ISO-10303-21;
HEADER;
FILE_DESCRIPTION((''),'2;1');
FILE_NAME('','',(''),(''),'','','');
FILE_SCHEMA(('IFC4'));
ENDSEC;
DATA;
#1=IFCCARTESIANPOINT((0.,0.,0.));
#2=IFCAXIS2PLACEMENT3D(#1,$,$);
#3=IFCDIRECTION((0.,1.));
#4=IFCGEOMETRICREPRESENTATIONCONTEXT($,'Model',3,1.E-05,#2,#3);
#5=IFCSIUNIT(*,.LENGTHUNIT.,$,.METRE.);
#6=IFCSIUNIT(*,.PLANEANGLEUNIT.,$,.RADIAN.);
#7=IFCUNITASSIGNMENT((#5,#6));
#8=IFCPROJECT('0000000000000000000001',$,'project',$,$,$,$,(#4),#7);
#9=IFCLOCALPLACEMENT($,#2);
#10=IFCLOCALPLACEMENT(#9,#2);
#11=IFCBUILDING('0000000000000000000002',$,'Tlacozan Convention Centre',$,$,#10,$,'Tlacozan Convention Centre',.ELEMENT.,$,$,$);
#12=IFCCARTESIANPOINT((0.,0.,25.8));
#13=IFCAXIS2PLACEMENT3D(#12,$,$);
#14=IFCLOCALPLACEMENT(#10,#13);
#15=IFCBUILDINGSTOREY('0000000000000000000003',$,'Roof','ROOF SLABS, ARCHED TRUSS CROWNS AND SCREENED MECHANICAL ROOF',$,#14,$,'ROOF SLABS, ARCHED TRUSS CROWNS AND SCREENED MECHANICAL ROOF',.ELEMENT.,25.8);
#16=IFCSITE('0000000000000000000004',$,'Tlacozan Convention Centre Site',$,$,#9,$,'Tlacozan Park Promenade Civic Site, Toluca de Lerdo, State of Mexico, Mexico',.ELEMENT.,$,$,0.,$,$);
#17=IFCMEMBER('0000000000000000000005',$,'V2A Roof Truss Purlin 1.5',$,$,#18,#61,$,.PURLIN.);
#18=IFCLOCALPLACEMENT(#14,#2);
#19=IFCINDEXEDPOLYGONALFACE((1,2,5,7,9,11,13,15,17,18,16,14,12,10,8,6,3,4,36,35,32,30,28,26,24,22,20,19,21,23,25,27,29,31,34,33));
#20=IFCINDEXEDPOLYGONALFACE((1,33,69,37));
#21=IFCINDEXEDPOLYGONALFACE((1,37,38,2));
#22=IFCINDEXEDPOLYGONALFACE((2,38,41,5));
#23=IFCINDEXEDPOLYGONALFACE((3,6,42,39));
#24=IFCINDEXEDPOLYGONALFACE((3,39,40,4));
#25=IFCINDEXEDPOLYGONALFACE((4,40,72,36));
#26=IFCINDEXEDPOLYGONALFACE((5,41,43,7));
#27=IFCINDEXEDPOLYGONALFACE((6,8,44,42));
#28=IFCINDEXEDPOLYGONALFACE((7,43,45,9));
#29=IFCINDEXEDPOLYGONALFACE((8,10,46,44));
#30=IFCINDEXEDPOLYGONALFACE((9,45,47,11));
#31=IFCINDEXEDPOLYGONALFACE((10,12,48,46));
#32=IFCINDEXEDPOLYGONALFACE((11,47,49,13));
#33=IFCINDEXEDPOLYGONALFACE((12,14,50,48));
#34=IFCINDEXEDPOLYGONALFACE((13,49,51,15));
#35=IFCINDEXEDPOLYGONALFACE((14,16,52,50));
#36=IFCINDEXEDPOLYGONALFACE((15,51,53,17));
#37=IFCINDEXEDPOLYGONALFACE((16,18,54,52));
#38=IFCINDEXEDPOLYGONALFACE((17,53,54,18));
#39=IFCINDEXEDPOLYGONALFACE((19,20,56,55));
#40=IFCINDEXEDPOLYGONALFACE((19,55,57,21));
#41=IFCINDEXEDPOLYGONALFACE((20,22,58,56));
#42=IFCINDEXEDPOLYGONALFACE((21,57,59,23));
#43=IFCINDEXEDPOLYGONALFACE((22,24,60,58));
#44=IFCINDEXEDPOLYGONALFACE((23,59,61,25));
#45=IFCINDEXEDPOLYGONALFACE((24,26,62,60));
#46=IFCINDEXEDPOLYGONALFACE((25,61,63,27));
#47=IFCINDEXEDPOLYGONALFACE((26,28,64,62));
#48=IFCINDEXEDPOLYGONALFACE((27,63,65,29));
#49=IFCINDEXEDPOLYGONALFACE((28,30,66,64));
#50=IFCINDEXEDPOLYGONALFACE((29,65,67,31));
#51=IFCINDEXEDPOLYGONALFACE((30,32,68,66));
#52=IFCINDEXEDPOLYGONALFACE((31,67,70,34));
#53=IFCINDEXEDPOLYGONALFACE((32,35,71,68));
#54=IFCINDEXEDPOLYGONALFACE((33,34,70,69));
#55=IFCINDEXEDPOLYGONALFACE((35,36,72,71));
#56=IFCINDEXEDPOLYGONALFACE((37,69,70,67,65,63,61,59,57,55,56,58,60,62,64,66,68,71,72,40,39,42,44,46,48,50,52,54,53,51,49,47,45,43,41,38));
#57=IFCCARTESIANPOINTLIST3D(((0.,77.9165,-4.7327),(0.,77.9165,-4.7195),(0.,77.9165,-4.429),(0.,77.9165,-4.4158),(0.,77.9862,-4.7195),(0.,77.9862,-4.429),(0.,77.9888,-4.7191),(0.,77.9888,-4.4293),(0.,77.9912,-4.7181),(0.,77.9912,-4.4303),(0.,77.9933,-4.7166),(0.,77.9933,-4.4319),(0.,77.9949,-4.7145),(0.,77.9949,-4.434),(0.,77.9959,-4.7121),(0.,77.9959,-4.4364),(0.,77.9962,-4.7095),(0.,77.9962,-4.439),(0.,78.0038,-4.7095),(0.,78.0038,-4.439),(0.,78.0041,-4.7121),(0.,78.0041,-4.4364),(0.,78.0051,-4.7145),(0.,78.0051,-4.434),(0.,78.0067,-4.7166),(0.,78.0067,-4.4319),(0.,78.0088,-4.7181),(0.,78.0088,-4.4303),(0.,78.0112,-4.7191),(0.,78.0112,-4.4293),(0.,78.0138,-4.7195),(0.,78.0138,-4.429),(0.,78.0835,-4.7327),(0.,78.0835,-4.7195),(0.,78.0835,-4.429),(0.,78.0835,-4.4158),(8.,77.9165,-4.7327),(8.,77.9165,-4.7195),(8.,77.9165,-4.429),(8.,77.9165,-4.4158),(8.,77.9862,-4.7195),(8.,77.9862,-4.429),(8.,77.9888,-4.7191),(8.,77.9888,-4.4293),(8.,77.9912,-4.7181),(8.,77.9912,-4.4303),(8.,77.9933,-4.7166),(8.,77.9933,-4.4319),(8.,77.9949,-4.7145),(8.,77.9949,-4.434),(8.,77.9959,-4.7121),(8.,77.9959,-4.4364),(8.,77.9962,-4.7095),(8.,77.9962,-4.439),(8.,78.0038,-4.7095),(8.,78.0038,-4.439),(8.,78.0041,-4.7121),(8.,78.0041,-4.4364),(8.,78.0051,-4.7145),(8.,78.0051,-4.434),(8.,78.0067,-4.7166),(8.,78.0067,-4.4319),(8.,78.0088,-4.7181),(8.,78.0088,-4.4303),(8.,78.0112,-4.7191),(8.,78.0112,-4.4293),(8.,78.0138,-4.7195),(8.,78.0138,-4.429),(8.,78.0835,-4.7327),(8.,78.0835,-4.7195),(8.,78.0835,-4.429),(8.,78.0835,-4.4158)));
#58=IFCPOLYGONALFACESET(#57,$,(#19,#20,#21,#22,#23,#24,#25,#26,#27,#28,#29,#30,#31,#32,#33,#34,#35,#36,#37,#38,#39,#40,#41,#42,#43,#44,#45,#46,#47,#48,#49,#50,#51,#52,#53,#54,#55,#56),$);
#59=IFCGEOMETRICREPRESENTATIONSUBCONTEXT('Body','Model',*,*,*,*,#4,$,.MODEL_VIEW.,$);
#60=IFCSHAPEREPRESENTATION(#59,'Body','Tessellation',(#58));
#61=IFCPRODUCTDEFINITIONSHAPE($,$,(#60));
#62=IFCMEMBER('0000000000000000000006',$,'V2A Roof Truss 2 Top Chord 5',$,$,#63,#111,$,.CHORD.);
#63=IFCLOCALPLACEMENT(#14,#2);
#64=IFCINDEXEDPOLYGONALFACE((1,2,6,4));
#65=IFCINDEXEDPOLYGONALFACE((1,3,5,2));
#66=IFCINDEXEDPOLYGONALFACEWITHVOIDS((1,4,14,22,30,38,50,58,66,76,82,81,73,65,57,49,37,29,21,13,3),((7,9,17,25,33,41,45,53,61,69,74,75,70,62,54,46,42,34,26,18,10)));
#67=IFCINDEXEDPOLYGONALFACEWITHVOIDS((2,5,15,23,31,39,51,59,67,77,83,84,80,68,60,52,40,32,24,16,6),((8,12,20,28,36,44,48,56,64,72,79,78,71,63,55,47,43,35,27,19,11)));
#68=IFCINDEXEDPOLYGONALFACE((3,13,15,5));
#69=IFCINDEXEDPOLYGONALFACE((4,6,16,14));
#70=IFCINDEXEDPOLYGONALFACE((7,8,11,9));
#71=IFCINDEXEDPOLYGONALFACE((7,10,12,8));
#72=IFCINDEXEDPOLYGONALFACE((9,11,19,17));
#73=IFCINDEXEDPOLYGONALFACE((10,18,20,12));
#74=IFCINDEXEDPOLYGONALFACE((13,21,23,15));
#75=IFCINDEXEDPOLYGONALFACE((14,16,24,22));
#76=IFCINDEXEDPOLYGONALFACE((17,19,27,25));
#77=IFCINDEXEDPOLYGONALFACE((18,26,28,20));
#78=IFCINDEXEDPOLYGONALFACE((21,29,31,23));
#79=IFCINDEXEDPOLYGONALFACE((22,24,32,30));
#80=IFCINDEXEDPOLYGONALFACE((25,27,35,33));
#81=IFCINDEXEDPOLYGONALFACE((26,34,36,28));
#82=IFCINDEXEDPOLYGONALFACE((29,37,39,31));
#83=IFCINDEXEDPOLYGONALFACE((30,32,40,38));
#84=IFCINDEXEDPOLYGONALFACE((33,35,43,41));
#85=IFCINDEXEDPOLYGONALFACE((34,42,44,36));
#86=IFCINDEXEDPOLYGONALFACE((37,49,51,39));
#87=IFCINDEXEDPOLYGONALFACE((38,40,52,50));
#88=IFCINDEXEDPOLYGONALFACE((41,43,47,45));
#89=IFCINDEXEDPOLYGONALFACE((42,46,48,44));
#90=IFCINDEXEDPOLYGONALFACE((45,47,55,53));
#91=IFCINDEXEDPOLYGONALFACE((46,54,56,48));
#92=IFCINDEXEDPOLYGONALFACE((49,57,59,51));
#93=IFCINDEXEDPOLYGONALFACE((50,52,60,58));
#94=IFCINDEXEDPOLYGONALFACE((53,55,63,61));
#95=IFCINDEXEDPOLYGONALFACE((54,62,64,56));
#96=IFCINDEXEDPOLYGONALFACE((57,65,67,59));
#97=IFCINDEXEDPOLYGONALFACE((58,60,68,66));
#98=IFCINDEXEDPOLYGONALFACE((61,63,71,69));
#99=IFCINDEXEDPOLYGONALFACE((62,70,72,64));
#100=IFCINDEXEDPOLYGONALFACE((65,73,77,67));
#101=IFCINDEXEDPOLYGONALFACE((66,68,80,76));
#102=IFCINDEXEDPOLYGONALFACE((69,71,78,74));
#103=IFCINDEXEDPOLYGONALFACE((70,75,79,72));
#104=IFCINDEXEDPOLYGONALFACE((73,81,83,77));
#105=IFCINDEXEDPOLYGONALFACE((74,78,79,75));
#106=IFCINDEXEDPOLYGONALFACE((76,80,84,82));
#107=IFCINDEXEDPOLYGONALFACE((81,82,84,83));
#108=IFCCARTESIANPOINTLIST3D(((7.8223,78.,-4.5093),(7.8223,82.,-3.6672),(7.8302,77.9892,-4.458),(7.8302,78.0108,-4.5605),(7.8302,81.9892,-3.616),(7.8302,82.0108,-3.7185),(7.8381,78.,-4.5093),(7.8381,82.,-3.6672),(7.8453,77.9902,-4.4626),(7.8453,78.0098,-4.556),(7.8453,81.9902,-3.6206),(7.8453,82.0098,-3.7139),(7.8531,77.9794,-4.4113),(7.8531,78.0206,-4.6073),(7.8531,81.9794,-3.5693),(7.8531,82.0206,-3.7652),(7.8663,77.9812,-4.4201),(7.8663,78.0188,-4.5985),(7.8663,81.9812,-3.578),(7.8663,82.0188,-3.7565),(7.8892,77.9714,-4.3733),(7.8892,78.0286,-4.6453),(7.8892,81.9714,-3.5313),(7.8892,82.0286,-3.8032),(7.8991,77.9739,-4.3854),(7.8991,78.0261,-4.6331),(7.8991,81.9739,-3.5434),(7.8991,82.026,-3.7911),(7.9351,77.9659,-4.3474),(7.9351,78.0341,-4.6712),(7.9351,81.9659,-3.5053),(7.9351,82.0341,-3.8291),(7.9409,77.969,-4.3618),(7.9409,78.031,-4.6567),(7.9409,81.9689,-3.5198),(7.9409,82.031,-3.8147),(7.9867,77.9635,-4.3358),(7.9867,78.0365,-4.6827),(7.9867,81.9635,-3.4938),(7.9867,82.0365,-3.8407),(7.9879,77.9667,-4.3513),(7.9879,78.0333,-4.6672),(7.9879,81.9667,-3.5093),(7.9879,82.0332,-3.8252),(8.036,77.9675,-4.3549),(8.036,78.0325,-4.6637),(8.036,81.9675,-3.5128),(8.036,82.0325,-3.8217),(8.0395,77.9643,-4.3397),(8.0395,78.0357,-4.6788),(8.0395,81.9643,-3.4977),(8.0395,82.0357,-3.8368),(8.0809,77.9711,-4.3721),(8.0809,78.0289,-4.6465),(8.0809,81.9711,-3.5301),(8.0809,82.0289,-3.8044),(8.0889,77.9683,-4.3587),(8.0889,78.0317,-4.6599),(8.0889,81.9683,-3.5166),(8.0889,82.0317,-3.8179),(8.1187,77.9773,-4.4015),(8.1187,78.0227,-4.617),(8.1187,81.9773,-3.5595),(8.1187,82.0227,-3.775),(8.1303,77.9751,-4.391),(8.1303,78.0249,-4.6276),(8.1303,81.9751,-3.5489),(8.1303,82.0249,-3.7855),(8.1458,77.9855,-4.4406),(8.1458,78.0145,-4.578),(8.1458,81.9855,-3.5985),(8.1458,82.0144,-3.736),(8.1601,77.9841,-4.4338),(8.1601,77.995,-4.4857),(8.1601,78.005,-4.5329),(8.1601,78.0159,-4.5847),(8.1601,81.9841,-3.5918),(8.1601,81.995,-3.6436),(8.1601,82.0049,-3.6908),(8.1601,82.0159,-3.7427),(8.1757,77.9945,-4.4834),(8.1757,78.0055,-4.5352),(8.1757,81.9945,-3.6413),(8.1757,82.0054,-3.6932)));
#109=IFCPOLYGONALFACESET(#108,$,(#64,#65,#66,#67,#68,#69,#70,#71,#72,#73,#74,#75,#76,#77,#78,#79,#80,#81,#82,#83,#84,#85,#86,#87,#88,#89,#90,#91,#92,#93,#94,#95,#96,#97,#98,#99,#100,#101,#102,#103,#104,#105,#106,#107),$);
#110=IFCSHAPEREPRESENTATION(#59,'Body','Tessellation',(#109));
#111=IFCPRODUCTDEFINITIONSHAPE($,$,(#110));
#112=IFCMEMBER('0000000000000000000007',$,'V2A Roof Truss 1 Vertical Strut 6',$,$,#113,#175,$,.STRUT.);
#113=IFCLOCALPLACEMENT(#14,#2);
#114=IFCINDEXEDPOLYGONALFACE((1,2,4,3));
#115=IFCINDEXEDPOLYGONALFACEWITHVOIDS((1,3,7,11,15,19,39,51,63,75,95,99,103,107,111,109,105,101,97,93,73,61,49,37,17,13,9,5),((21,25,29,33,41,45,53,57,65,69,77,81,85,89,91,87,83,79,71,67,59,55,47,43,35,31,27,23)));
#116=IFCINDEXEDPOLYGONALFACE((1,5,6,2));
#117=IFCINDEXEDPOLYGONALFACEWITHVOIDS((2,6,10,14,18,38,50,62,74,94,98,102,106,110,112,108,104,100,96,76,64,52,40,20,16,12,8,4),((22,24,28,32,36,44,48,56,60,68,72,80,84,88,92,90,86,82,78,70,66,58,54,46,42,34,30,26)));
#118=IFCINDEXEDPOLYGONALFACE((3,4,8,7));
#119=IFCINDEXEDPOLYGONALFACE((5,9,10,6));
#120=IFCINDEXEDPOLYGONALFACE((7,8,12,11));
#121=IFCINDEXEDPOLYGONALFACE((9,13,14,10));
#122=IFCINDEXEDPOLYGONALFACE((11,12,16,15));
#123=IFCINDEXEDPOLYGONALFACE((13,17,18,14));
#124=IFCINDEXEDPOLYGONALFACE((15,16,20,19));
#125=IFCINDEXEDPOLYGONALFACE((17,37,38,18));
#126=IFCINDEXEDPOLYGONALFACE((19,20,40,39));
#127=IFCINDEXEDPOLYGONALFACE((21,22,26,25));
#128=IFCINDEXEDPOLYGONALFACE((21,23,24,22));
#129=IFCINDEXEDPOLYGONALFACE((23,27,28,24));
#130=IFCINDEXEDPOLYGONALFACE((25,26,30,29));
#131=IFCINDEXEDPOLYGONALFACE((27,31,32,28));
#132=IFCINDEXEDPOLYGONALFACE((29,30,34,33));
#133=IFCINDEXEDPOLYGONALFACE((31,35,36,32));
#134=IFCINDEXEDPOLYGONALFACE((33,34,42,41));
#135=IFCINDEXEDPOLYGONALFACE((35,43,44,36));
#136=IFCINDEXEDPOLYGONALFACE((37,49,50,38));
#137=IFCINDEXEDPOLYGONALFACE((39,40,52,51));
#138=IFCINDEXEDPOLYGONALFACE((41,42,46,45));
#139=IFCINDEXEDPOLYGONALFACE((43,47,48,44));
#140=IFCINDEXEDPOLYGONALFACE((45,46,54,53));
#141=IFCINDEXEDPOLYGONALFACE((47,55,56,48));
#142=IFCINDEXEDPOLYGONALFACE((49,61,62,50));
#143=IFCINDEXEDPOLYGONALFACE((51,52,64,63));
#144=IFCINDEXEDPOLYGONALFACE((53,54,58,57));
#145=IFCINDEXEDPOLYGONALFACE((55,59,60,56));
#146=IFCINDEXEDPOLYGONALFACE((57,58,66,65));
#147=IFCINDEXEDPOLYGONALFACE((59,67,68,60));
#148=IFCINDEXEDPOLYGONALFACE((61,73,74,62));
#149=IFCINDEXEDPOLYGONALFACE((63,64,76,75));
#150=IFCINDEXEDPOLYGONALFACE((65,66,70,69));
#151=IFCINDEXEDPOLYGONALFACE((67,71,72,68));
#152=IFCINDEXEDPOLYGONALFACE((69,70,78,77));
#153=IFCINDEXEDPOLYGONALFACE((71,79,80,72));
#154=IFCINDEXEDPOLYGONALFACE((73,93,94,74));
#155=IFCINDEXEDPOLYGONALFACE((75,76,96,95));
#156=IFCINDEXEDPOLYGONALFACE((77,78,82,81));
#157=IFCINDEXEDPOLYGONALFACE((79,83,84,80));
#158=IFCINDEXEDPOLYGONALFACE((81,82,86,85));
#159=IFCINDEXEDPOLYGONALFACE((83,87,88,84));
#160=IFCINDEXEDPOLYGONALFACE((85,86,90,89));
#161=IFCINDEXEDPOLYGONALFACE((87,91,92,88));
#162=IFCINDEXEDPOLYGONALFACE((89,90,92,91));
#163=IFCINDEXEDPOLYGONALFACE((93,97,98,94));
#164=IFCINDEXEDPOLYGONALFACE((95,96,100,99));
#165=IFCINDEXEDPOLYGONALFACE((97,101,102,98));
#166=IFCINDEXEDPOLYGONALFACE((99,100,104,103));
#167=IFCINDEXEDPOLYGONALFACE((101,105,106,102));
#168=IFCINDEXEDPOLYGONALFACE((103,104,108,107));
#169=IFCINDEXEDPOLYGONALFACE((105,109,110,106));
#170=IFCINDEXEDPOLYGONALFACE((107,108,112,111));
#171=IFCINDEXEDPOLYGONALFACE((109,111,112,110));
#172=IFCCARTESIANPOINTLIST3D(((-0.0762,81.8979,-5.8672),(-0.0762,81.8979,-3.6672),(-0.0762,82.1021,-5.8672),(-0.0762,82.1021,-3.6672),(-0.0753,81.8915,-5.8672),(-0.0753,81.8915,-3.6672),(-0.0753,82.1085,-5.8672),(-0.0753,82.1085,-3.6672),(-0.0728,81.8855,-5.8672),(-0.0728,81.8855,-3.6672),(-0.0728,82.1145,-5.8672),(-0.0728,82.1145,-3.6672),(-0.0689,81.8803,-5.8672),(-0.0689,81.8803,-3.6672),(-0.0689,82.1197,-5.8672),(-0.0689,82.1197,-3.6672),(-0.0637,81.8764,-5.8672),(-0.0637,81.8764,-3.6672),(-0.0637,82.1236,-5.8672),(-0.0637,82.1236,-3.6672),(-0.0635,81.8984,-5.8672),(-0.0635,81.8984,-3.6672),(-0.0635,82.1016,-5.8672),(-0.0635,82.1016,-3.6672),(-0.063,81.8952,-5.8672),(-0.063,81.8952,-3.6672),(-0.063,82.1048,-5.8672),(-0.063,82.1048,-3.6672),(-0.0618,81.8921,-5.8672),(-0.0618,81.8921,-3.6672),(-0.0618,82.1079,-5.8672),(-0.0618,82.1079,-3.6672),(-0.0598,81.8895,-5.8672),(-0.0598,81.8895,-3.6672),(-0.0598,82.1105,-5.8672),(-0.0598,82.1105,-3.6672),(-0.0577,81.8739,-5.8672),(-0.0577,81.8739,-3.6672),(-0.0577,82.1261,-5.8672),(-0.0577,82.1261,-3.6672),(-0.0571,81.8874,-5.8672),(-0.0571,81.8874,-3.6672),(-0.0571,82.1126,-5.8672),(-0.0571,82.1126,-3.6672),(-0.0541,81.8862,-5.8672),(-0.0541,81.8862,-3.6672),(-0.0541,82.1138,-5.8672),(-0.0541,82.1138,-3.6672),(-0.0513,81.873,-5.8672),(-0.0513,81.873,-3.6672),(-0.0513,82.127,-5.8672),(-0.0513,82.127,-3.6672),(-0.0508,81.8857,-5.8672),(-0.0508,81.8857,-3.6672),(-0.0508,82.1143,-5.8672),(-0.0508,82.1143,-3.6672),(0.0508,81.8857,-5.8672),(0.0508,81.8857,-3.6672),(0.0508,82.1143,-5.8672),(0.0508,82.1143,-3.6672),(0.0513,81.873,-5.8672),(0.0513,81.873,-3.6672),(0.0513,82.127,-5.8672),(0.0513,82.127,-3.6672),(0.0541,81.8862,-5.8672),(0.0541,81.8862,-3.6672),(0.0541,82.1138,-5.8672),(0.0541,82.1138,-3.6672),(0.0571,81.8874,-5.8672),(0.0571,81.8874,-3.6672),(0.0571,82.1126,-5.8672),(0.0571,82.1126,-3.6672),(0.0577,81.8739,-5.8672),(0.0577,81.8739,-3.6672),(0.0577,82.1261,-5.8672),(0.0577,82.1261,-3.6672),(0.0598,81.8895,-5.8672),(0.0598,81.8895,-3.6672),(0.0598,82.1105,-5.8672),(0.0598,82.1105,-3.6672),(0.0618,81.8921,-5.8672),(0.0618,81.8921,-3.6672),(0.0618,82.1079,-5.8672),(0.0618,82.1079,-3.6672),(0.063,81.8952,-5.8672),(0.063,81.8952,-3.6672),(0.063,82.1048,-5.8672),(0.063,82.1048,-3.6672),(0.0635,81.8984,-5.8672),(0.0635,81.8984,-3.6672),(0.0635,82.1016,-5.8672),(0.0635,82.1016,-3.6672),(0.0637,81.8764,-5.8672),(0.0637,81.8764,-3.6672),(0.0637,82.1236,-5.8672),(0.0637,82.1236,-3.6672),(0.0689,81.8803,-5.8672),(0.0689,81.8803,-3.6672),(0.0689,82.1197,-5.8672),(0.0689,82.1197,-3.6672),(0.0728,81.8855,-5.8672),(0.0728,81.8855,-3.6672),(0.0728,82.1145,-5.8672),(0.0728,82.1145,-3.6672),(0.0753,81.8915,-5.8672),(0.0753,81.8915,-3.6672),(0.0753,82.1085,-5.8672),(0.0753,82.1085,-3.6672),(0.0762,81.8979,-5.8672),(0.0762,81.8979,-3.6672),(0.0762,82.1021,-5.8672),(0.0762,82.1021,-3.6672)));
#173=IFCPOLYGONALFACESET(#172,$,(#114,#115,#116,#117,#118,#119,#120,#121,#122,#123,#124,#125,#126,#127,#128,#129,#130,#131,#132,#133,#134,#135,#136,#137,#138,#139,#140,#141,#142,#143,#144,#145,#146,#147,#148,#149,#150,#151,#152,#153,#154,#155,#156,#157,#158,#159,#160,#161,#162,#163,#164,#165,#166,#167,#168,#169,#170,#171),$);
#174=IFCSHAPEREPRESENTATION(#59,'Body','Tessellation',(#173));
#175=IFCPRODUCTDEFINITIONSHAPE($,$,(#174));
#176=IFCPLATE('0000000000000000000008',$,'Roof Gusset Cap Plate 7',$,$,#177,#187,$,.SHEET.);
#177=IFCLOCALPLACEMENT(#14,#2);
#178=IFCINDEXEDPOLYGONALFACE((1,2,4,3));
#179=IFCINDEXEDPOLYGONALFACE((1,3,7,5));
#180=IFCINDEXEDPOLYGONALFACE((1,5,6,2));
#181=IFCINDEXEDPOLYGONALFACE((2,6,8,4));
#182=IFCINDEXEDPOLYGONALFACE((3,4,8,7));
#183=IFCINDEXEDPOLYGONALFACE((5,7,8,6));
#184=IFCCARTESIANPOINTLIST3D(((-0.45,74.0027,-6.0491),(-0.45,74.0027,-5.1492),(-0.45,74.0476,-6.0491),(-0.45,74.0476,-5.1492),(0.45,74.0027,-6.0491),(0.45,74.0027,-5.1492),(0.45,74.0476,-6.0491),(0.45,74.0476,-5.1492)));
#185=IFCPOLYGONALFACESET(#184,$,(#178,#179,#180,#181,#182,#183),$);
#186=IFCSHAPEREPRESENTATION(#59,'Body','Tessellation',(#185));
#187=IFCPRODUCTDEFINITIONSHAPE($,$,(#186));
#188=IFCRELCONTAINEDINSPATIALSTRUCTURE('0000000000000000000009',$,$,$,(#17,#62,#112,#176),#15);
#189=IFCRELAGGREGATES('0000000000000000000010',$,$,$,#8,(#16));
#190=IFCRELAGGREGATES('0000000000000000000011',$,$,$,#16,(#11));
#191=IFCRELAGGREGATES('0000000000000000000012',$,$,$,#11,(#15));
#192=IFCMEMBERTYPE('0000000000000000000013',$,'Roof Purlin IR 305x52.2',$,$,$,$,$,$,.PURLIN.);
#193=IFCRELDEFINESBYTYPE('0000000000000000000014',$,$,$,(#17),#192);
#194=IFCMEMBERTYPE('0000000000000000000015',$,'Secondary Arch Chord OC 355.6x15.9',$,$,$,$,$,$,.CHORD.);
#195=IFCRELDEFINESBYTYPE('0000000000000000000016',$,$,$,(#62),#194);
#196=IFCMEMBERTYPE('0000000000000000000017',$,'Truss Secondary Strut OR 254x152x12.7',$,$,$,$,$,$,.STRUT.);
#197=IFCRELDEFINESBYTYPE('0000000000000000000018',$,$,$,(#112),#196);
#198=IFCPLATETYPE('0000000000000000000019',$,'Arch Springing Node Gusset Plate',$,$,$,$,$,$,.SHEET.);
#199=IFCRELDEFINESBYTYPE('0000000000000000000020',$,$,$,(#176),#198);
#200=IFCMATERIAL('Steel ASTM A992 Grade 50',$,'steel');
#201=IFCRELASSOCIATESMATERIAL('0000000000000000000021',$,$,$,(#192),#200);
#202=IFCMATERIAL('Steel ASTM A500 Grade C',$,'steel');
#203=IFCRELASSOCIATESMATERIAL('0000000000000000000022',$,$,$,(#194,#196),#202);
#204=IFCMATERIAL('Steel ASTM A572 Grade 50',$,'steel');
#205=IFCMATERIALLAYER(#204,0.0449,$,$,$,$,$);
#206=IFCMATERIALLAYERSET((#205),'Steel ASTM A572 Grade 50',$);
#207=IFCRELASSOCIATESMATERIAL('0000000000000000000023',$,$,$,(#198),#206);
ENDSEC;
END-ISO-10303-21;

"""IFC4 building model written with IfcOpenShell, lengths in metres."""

from ifc_helpers import new_model, si_unit, direction, frame, origin, origin_2d, place, context, subcontext, project, spatial, rectangle, hollow_rectangle, hollow_circle, i_section, extrude, material, layer, layer_set, material_profile, profile_set, type_object, element, save


model = new_model("IFC4")

# Units and contexts
model_context = context("Model", 3, precision=1e-05, world=origin(), true_north=direction((0.0, 1.0)))
body_context = subcontext(model_context, "Body", "Model", "MODEL_VIEW")
ifc_project = project(units=[si_unit("LENGTHUNIT", "METRE"), si_unit("PLANEANGLEUNIT", "RADIAN")], contexts=[model_context])

# Site, building, storey
site_placement = place(None, origin())
site = spatial("IfcSite", under=ifc_project, at=site_placement, Name="Tlacozan Convention Centre Site", LongName="Tlacozan Park Promenade Civic Site, Toluca de Lerdo, State of Mexico, Mexico", CompositionType="ELEMENT", RefElevation=0.0)
building_placement = place(site_placement, origin())
building = spatial("IfcBuilding", under=site, at=building_placement, Name="Tlacozan Convention Centre", LongName="Tlacozan Convention Centre", CompositionType="ELEMENT")
storey_placement = place(building_placement, frame((0.0, 0.0, 25.8)))
storey = spatial("IfcBuildingStorey", under=building, at=storey_placement, Name="Roof", Description="ROOF SLABS, ARCHED TRUSS CROWNS AND SCREENED MECHANICAL ROOF", LongName="ROOF SLABS, ARCHED TRUSS CROWNS AND SCREENED MECHANICAL ROOF", CompositionType="ELEMENT", Elevation=25.8)

# Members
ifc_material_1 = material(Name="Steel ASTM A500 Grade C", Category="steel")
ifc_material_2 = material(Name="Steel ASTM A992 Grade 50", Category="steel")
ifc_material_profile_1 = material_profile(ifc_material_2, i_section(OverallWidth=0.167, OverallDepth=0.3169, WebThickness=0.0076, FlangeThickness=0.0132, FilletRadius=0.01, at=origin_2d()), Name="IR 305x52.2")
ifc_profile_set_1 = profile_set([ifc_material_profile_1], Name="Steel ASTM A992 Grade 50")
member_type_1 = type_object("IfcMemberType", Name="Roof Purlin IR 305x52.2", PredefinedType="PURLIN", material=ifc_profile_set_1)
member_1_placement = place(storey_placement, frame((0.0, 78.0, -4.5742), z_axis=(1.0, 0.0, 0.0), x_axis=(0.0, 1.0, 0.0)))
element("IfcMember", 1, at=member_1_placement, inside=storey, type_object=member_type_1, Name="V2A Roof Truss Purlin 1.5", PredefinedType="PURLIN", context=body_context, shape_type="SweptSolid", body=[
    extrude(i_section(OverallWidth=0.167, OverallDepth=0.3169, WebThickness=0.0076, FlangeThickness=0.0132, FilletRadius=0.01, at=origin_2d()), origin(), (0.0, 0.0, 1.0), 8.0),
])
ifc_material_profile_2 = material_profile(ifc_material_1, hollow_circle(Radius=0.1777, WallThickness=0.0159, at=origin_2d()), Name="OC 355.6x15.9")
ifc_profile_set_2 = profile_set([ifc_material_profile_2], Name="Steel ASTM A500 Grade C")
member_type_2 = type_object("IfcMemberType", Name="Secondary Arch Chord OC 355.6x15.9", PredefinedType="CHORD", material=ifc_profile_set_2)
member_2_placement = place(storey_placement, frame((8.0, 78.0, -4.5093), z_axis=(0.0, 0.978553, 0.205995), x_axis=(-1.0, 0.0, 0.0)))
element("IfcMember", 2, at=member_2_placement, inside=storey, type_object=member_type_2, Name="V2A Roof Truss 2 Top Chord 5", PredefinedType="CHORD", context=body_context, shape_type="SweptSolid", body=[
    extrude(hollow_circle(Radius=0.1777, WallThickness=0.0159, at=origin_2d()), origin(), (0.0, 0.0, 1.0), 4.0876),
])
ifc_material_profile_3 = material_profile(ifc_material_1, hollow_rectangle(XDim=0.1523, YDim=0.2539, WallThickness=0.0127, InnerFilletRadius=0.0127, OuterFilletRadius=0.0249, at=origin_2d()), Name="OR 254x152x12.7")
ifc_profile_set_3 = profile_set([ifc_material_profile_3], Name="Steel ASTM A500 Grade C")
member_type_3 = type_object("IfcMemberType", Name="Truss Secondary Strut OR 254x152x12.7", PredefinedType="STRUT", material=ifc_profile_set_3)
member_3_placement = place(storey_placement, frame((0.0, 82.0, -5.8672), z_axis=(0.0, 0.0, 1.0), x_axis=(1.0, 0.0, 0.0)))
element("IfcMember", 3, at=member_3_placement, inside=storey, type_object=member_type_3, Name="V2A Roof Truss 1 Vertical Strut 6", PredefinedType="STRUT", context=body_context, shape_type="SweptSolid", body=[
    extrude(hollow_rectangle(XDim=0.1523, YDim=0.2539, WallThickness=0.0127, InnerFilletRadius=0.0127, OuterFilletRadius=0.0249, at=origin_2d()), origin(), (0.0, 0.0, 1.0), 2.2),
])

# Plate
ifc_material_3 = material(Name="Steel ASTM A572 Grade 50", Category="steel")
ifc_layer_1 = layer(ifc_material_3, 0.0449)
ifc_layer_set_1 = layer_set([ifc_layer_1], Name="Steel ASTM A572 Grade 50")
plate_type = type_object("IfcPlateType", Name="Arch Springing Node Gusset Plate", PredefinedType="SHEET", material=ifc_layer_set_1)
for number, where, z_axis, x_axis, name in (
    (4, (0.0, 74.0251, -6.0491), (0.0, 0.0, 1.0), (0.0, 1.0, 0.0), "Roof Gusset Cap Plate 7"),
):
    element("IfcPlate", number, at=place(storey_placement, frame(where, z_axis=z_axis, x_axis=x_axis)), inside=storey, type_object=plate_type, Name=name, PredefinedType="SHEET", context=body_context, shape_type="SweptSolid", body=[
        extrude(rectangle(XDim=0.0449, YDim=0.8999, at=origin_2d()), origin(), (0.0, 0.0, 1.0), 0.8999),
    ])

save(model, "model.ifc")
